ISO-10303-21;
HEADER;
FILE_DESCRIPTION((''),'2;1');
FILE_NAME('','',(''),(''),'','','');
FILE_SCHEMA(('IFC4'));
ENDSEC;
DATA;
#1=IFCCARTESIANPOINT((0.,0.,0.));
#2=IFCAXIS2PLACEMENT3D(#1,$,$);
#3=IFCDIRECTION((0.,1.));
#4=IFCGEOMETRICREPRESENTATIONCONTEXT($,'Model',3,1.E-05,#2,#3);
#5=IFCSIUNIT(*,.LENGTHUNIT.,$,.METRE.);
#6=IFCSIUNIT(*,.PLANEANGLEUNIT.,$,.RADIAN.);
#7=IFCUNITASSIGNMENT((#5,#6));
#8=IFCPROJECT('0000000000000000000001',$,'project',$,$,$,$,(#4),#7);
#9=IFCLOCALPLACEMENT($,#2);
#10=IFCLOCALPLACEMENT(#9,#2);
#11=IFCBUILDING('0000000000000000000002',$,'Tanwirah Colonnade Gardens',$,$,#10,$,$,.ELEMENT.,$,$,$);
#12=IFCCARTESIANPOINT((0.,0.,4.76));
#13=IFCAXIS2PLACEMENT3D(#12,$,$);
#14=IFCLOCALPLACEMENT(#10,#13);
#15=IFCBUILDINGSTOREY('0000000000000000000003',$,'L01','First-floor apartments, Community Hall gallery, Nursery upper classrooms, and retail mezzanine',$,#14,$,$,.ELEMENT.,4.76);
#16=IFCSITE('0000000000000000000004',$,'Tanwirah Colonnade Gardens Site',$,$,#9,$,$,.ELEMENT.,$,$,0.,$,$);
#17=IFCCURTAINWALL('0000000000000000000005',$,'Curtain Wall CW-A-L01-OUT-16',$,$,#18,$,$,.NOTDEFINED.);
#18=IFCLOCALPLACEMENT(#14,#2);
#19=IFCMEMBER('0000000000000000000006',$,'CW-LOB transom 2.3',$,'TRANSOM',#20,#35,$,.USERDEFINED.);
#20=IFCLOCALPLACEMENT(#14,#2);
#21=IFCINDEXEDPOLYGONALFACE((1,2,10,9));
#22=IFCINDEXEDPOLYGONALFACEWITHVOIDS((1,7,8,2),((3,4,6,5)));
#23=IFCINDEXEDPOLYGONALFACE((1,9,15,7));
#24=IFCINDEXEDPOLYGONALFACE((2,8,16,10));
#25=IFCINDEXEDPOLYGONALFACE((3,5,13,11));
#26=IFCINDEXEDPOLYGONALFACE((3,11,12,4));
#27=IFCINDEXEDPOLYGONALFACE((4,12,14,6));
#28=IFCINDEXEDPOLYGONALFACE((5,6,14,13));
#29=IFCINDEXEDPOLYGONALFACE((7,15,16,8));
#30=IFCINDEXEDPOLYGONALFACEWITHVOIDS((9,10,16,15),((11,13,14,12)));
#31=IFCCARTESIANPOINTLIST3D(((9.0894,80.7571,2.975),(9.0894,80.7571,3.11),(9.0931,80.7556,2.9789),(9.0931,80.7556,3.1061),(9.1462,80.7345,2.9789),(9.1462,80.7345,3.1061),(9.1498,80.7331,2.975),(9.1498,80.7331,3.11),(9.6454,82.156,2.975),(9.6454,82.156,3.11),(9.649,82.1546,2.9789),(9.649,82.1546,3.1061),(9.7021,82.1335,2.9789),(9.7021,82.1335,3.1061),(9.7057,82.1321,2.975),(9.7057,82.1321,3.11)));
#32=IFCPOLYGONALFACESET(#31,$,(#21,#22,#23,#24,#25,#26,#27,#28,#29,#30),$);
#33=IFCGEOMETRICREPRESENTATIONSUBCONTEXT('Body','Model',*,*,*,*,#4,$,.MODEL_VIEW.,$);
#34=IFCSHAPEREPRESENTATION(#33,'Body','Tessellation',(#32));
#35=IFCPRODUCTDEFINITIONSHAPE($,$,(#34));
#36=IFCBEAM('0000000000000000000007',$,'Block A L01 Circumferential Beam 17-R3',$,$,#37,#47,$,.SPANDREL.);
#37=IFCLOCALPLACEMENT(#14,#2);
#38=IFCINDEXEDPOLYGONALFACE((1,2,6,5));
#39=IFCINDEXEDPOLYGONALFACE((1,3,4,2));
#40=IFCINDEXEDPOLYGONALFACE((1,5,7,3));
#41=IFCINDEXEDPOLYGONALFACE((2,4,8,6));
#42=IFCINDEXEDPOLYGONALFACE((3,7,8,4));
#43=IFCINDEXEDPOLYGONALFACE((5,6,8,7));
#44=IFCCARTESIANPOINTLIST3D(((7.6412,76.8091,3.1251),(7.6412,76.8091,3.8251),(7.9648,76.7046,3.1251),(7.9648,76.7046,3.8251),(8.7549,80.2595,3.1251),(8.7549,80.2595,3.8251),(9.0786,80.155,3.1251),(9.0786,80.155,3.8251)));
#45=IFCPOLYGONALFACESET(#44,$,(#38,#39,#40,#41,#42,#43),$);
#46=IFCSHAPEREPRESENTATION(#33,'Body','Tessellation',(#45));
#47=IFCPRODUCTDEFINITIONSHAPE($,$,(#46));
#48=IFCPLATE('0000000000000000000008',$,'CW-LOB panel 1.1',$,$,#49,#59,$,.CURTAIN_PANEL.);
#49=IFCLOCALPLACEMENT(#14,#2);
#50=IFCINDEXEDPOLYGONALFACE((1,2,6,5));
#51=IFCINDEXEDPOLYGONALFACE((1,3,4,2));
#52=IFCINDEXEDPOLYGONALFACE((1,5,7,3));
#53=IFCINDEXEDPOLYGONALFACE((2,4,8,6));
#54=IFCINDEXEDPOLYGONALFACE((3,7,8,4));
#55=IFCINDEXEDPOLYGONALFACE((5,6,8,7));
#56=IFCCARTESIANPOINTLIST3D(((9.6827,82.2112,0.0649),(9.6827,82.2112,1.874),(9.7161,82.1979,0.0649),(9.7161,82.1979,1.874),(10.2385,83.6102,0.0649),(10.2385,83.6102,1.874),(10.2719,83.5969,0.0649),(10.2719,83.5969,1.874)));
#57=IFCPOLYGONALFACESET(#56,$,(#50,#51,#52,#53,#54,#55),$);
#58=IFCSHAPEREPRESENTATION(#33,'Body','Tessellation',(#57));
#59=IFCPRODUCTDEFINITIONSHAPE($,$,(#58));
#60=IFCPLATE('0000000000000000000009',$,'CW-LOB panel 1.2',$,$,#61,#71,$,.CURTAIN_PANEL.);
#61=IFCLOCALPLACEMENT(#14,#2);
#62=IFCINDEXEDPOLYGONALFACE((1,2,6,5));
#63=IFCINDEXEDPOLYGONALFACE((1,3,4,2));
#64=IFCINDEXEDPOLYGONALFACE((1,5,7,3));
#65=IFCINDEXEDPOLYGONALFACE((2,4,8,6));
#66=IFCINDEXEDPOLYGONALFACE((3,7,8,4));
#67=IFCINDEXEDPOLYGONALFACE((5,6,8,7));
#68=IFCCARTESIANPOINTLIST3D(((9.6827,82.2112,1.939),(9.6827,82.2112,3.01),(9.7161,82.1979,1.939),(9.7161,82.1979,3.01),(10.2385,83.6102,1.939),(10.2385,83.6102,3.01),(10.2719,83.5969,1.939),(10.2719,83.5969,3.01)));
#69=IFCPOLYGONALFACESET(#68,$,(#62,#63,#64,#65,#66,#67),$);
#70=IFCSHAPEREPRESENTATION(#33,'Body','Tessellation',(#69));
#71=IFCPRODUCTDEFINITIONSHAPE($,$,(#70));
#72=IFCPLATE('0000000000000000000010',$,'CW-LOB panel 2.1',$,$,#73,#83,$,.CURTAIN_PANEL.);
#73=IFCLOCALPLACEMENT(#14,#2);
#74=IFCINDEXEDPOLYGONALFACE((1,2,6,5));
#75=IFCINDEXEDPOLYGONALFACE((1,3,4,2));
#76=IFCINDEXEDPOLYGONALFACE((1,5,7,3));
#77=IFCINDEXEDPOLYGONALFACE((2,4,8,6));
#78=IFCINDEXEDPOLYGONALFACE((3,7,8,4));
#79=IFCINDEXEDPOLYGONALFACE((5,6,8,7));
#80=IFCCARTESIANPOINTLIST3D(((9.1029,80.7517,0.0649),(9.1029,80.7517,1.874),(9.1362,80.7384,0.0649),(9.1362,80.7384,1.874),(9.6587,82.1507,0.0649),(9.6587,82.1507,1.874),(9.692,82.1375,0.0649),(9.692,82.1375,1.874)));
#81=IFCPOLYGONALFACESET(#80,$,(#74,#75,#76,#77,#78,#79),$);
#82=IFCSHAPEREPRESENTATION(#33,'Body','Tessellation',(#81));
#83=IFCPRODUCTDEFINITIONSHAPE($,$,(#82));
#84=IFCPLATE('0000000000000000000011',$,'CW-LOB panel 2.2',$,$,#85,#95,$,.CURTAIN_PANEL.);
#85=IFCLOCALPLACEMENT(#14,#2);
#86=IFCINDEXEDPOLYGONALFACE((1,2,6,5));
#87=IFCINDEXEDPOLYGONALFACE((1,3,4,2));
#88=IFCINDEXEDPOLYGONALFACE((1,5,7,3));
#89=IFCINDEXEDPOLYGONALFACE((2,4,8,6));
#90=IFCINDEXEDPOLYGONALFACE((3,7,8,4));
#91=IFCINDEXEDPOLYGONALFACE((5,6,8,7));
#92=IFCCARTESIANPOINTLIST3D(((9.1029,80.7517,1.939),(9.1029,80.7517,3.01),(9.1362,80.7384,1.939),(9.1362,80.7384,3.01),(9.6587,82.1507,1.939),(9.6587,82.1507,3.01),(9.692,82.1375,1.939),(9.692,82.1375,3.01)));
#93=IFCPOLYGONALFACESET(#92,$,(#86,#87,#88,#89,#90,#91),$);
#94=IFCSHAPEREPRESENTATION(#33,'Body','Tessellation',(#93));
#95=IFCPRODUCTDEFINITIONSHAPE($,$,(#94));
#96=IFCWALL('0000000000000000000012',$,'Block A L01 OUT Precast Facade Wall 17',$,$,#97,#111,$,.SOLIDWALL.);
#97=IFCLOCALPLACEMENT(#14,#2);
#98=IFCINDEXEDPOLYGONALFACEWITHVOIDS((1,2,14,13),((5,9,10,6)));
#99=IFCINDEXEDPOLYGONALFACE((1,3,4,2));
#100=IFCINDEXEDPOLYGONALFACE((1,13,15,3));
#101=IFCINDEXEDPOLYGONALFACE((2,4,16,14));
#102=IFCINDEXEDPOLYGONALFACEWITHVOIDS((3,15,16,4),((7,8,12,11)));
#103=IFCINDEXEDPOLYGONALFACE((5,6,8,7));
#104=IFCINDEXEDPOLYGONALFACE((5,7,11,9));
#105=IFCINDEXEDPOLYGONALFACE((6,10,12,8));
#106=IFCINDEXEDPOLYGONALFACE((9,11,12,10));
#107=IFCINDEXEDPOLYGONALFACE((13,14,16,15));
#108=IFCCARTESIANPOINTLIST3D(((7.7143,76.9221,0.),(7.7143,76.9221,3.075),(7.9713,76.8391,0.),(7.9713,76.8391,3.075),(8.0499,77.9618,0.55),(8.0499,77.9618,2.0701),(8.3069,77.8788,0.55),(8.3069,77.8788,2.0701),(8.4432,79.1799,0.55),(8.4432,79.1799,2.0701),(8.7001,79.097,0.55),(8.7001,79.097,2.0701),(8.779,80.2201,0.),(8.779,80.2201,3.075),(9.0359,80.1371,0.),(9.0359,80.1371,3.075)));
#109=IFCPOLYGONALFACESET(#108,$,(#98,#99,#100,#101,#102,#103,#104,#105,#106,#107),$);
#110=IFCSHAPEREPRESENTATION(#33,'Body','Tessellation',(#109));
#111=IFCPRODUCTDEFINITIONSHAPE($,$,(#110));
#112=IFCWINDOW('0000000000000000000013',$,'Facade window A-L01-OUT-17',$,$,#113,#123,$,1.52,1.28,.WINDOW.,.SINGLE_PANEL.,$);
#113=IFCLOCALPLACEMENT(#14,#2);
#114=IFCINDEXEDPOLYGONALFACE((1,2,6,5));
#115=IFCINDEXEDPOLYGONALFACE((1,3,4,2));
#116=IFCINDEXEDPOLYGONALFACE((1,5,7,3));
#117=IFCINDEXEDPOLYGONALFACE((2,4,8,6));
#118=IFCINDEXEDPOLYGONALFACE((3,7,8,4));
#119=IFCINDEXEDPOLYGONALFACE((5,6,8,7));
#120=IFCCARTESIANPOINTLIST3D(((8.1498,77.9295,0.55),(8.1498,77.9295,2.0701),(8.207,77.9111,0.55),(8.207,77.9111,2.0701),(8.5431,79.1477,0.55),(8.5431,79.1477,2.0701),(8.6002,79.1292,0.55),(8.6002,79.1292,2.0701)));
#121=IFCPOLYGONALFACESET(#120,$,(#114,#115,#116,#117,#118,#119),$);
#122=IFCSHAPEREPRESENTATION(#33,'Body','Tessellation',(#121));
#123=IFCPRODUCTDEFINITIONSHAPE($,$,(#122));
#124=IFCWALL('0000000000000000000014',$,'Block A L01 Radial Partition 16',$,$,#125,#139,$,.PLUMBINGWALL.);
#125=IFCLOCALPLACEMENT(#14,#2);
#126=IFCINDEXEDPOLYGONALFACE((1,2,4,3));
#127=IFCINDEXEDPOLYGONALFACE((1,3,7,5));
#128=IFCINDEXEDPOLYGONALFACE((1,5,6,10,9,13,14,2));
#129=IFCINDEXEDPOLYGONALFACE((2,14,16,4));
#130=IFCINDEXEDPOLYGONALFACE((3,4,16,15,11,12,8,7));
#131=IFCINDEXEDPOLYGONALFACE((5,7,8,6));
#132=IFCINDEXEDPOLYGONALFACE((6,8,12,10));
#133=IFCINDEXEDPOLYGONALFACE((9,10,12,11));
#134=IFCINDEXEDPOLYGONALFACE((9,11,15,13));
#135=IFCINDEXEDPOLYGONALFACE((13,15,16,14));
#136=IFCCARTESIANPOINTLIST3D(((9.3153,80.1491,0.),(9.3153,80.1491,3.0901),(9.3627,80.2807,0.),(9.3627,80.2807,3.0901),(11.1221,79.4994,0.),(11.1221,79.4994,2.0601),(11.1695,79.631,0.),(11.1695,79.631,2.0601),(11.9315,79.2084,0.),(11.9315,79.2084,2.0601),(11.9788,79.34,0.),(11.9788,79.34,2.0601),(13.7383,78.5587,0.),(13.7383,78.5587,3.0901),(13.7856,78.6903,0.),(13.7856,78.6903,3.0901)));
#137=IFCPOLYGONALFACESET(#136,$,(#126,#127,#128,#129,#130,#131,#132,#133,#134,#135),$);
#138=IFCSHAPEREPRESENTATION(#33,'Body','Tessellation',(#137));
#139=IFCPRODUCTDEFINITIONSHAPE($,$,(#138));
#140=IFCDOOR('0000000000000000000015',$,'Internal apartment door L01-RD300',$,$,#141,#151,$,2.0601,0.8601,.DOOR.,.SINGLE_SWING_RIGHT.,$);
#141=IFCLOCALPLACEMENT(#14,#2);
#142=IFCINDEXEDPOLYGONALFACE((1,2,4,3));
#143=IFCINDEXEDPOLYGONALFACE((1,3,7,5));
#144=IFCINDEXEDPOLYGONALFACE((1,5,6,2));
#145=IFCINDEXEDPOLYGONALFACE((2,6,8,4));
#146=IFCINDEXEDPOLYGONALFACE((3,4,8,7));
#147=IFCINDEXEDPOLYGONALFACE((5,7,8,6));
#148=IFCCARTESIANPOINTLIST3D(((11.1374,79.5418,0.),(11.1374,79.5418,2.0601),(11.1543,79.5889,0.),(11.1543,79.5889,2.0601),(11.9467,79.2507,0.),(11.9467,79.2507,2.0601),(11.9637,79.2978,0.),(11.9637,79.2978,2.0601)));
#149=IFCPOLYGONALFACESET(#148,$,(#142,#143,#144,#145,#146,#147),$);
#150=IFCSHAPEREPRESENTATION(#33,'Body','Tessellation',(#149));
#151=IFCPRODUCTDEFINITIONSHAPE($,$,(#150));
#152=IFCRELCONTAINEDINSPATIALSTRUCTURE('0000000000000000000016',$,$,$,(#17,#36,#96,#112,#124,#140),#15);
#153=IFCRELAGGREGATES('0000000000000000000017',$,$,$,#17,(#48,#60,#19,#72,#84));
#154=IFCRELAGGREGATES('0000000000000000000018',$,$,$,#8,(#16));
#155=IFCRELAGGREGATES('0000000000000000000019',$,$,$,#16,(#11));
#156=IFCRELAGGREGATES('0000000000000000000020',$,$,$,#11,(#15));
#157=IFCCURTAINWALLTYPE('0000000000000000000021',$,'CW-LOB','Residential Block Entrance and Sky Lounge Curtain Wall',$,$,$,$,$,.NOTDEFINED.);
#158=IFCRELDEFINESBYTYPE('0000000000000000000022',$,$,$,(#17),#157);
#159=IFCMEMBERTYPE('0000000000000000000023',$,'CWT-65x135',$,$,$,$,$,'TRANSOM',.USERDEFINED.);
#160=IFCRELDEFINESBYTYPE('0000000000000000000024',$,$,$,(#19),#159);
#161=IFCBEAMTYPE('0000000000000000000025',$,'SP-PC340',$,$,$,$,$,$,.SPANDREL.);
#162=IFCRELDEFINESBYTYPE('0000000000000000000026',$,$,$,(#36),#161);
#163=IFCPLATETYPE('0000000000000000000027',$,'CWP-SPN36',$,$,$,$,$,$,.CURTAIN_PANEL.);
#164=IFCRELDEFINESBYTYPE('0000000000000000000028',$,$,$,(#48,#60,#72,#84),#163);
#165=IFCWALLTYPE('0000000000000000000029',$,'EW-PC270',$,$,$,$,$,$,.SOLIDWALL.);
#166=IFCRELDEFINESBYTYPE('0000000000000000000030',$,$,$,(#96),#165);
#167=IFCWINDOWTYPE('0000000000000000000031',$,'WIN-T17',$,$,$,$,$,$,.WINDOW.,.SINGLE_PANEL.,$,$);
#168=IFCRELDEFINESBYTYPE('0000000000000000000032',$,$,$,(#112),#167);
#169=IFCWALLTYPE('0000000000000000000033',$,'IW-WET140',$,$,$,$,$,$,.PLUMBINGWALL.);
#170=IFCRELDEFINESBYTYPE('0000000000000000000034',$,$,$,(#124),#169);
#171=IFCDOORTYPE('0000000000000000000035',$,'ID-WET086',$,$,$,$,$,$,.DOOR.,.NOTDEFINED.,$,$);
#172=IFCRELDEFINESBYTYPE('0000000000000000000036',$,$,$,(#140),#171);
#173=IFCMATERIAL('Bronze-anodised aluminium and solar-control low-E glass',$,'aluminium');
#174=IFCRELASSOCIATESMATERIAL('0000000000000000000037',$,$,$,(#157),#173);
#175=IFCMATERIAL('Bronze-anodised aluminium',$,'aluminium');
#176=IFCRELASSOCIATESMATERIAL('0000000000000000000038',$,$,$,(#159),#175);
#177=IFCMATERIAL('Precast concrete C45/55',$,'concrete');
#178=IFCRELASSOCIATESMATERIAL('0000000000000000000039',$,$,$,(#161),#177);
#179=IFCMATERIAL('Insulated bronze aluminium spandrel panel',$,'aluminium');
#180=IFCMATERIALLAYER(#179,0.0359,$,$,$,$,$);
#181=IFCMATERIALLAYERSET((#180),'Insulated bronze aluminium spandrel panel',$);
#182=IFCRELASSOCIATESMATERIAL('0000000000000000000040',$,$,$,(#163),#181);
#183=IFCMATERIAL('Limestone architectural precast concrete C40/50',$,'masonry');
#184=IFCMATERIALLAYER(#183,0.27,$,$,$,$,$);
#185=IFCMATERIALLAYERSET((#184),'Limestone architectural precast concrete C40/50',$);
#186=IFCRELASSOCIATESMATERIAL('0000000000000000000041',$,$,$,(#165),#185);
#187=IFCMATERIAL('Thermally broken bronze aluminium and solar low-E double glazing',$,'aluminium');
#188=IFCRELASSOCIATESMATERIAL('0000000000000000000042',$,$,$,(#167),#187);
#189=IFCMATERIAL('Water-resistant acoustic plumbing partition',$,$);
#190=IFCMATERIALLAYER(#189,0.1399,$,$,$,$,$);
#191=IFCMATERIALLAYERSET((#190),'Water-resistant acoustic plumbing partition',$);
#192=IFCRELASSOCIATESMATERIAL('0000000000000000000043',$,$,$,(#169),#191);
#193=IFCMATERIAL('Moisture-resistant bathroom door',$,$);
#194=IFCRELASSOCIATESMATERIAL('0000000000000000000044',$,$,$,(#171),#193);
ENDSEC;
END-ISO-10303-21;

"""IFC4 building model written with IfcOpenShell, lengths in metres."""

from ifc_helpers import new_model, si_unit, direction, frame, frame_2d, origin, origin_2d, place, context, subcontext, project, spatial, rectangle, hollow_rectangle, extrude, material, layer, layer_set, material_profile, profile_set, type_object, element, fill, aggregate, save


model = new_model("IFC4")

# Units and contexts
model_context = context("Model", 3, precision=1e-05, world=origin(), true_north=direction((0.0, 1.0)))
body_context = subcontext(model_context, "Body", "Model", "MODEL_VIEW")
ifc_project = project(units=[si_unit("LENGTHUNIT", "METRE"), si_unit("PLANEANGLEUNIT", "RADIAN")], contexts=[model_context])

# Site, building, storey
site_placement = place(None, origin())
site = spatial("IfcSite", under=ifc_project, at=site_placement, Name="Tanwirah Colonnade Gardens Site", CompositionType="ELEMENT", RefElevation=0.0)
building_placement = place(site_placement, origin())
building = spatial("IfcBuilding", under=site, at=building_placement, Name="Tanwirah Colonnade Gardens", CompositionType="ELEMENT")
storey_placement = place(building_placement, frame((0.0, 0.0, 4.76)))
storey = spatial("IfcBuildingStorey", under=building, at=storey_placement, Name="L01", Description="First-floor apartments, Community Hall gallery, Nursery upper classrooms, and retail mezzanine", CompositionType="ELEMENT", Elevation=4.76)

# Shared definitions
ifc_material_1 = material(Name="Precast concrete C45/55", Category="concrete")

# Curtain wall, member
ifc_material_2 = material(Name="Bronze-anodised aluminium and solar-control low-E glass", Category="aluminium")
curtain_wall_type = type_object("IfcCurtainWallType", Name="CW-LOB", Description="Residential Block Entrance and Sky Lounge Curtain Wall", PredefinedType="NOTDEFINED", material=ifc_material_2)
curtain_wall_placement = place(storey_placement, origin())
curtain_wall = element("IfcCurtainWall", 1, at=curtain_wall_placement, inside=storey, type_object=curtain_wall_type, Name="Curtain Wall CW-A-L01-OUT-16", PredefinedType="NOTDEFINED")
ifc_material_3 = material(Name="Bronze-anodised aluminium", Category="aluminium")
ifc_material_profile_1 = material_profile(ifc_material_3, hollow_rectangle(XDim=0.0649, YDim=0.135, WallThickness=0.0039, at=origin_2d()), Name="CW-TRN 65x135x4")
ifc_profile_set_1 = profile_set([ifc_material_profile_1], Name="Bronze-anodised aluminium")
member_type_1 = type_object("IfcMemberType", Name="CWT-65x135", ElementType="TRANSOM", PredefinedType="USERDEFINED", material=ifc_profile_set_1)
member_1_placement = place(storey_placement, frame((9.6755, 82.144, 3.0425), z_axis=(-0.369293, -0.929313, 0.0), x_axis=(0.929313, -0.369293, 0.0)))
member_1 = element("IfcMember", 2, at=member_1_placement, type_object=member_type_1, Name="CW-LOB transom 2.3", ObjectType="TRANSOM", PredefinedType="USERDEFINED", context=body_context, shape_type="SweptSolid", body=[
    extrude(hollow_rectangle(XDim=0.0649, YDim=0.135, WallThickness=0.0039, at=origin_2d()), origin(), (0.0, 0.0, 1.0), 1.5054),
])

# Beam
ifc_material_profile_2 = material_profile(ifc_material_1, rectangle(XDim=0.3401, YDim=0.7, at=origin_2d()), Name="PC-SP 340x700")
ifc_profile_set_2 = profile_set([ifc_material_profile_2], Name="Precast concrete C45/55")
beam_type_1 = type_object("IfcBeamType", Name="SP-PC340", PredefinedType="SPANDREL", material=ifc_profile_set_2)
beam_1_placement = place(storey_placement, frame((8.9167, 80.2073, 3.4751), z_axis=(-0.307184, -0.95165, 0.0), x_axis=(0.95165, -0.307184, 0.0)))
element("IfcBeam", 3, at=beam_1_placement, inside=storey, type_object=beam_type_1, Name="Block A L01 Circumferential Beam 17-R3", PredefinedType="SPANDREL", context=body_context, shape_type="SweptSolid", body=[
    extrude(rectangle(XDim=0.3401, YDim=0.7, at=origin_2d()), origin(), (0.0, 0.0, 1.0), 3.6257),
])

# Plates
ifc_material_4 = material(Name="Insulated bronze aluminium spandrel panel", Category="aluminium")
ifc_layer_1 = layer(ifc_material_4, 0.0359)
ifc_layer_set_1 = layer_set([ifc_layer_1], Name="Insulated bronze aluminium spandrel panel")
plate_type = type_object("IfcPlateType", Name="CWP-SPN36", PredefinedType="CURTAIN_PANEL", material=ifc_layer_set_1)
plate_1_placement = place(storey_placement, frame((9.9773, 82.9041, 0.0649), z_axis=(0.0, 0.0, 1.0), x_axis=(-0.369208, -0.929347, 0.0)))
plate_1 = element("IfcPlate", 4, at=plate_1_placement, type_object=plate_type, Name="CW-LOB panel 1.1", PredefinedType="CURTAIN_PANEL", context=body_context, shape_type="SweptSolid", body=[
    extrude(rectangle(XDim=1.5054, YDim=0.0359, at=origin_2d()), origin(), (0.0, 0.0, 1.0), 1.8091),
])
plate_2_placement = place(storey_placement, frame((9.9773, 82.9041, 1.939), z_axis=(0.0, 0.0, 1.0), x_axis=(-0.369208, -0.929347, 0.0)))
plate_2 = element("IfcPlate", 5, at=plate_2_placement, type_object=plate_type, Name="CW-LOB panel 1.2", PredefinedType="CURTAIN_PANEL", context=body_context, shape_type="SweptSolid", body=[
    extrude(rectangle(XDim=1.5054, YDim=0.0359, at=origin_2d()), origin(), (0.0, 0.0, 1.0), 1.071),
])
plate_3_placement = place(storey_placement, frame((9.3975, 81.4446, 0.0649), z_axis=(0.0, 0.0, 1.0), x_axis=(-0.369208, -0.929347, 0.0)))
plate_3 = element("IfcPlate", 6, at=plate_3_placement, type_object=plate_type, Name="CW-LOB panel 2.1", PredefinedType="CURTAIN_PANEL", context=body_context, shape_type="SweptSolid", body=[
    extrude(rectangle(XDim=1.5054, YDim=0.0359, at=origin_2d()), origin(), (0.0, 0.0, 1.0), 1.8091),
])
plate_4_placement = place(storey_placement, frame((9.3975, 81.4446, 1.939), z_axis=(0.0, 0.0, 1.0), x_axis=(-0.369208, -0.929347, 0.0)))
plate_4 = element("IfcPlate", 7, at=plate_4_placement, type_object=plate_type, Name="CW-LOB panel 2.2", PredefinedType="CURTAIN_PANEL", context=body_context, shape_type="SweptSolid", body=[
    extrude(rectangle(XDim=1.5054, YDim=0.0359, at=origin_2d()), origin(), (0.0, 0.0, 1.0), 1.071),
])
aggregate(curtain_wall, [plate_1, plate_2, member_1, plate_3, plate_4])

# Wall, opening, window
ifc_material_5 = material(Name="Limestone architectural precast concrete C40/50", Category="masonry")
ifc_layer_2 = layer(ifc_material_5, 0.27)
ifc_layer_set_2 = layer_set([ifc_layer_2], Name="Limestone architectural precast concrete C40/50")
wall_type_1 = type_object("IfcWallType", Name="EW-PC270", PredefinedType="SOLIDWALL", material=ifc_layer_set_2)
wall_1_placement = place(storey_placement, frame((8.9075, 80.1787, 0.0), z_axis=(0.0, 0.0, 1.0), x_axis=(-0.307211, -0.951642, 0.0)))
wall_1 = element("IfcWall", 8, at=wall_1_placement, inside=storey, type_object=wall_type_1, Name="Block A L01 OUT Precast Facade Wall 17", PredefinedType="SOLIDWALL", context=body_context, shape_type="SweptSolid", body=[
    extrude(rectangle(XDim=3.4656, YDim=0.27, at=frame_2d((1.7329, 0.0))), origin(), (0.0, 0.0, 1.0), 3.075),
])
opening_1_placement = place(wall_1_placement, frame((1.093, 0.0, 0.55)))
opening_1 = element("IfcOpeningElement", 9, at=opening_1_placement, cuts=wall_1, PredefinedType="OPENING", context=body_context, shape_type="SweptSolid", body=[
    extrude(rectangle(XDim=1.28, YDim=1.52, at=frame_2d((0.6401, 0.76))), frame((0.0, 0.145, 0.0), z_axis=(0.0, -1.0, 0.0), x_axis=(1.0, 0.0, 0.0)), (0.0, 0.0, 1.0), 0.29),
])
ifc_material_6 = material(Name="Thermally broken bronze aluminium and solar low-E double glazing", Category="aluminium")
window_type = type_object("IfcWindowType", Name="WIN-T17", PartitioningType="SINGLE_PANEL", PredefinedType="WINDOW", material=ifc_material_6)
window_placement = place(opening_1_placement, origin())
window = element("IfcWindow", 10, at=window_placement, inside=storey, type_object=window_type, Name="Facade window A-L01-OUT-17", OverallHeight=1.52, OverallWidth=1.28, PartitioningType="SINGLE_PANEL", PredefinedType="WINDOW", context=body_context, shape_type="SweptSolid", body=[
    extrude(rectangle(XDim=1.28, YDim=1.52, at=frame_2d((0.6401, 0.76))), frame((0.0, 0.03, 0.0), z_axis=(0.0, -1.0, 0.0), x_axis=(1.0, 0.0, 0.0)), (0.0, 0.0, 1.0), 0.0601),
])
fill(opening_1, window)

# Wall, opening, door
ifc_material_7 = material(Name="Water-resistant acoustic plumbing partition")
ifc_layer_3 = layer(ifc_material_7, 0.1399)
ifc_layer_set_3 = layer_set([ifc_layer_3], Name="Water-resistant acoustic plumbing partition")
wall_type_2 = type_object("IfcWallType", Name="IW-WET140", PredefinedType="PLUMBINGWALL", material=ifc_layer_set_3)
wall_2_placement = place(storey_placement, frame((13.762, 78.6245, 0.0), z_axis=(0.0, 0.0, 1.0), x_axis=(-0.941016, 0.338363, 0.0)))
wall_2 = element("IfcWall", 11, at=wall_2_placement, inside=storey, type_object=wall_type_2, Name="Block A L01 Radial Partition 16", PredefinedType="PLUMBINGWALL", context=body_context, shape_type="SweptSolid", body=[
    extrude(rectangle(XDim=4.7002, YDim=0.1399, at=frame_2d((2.3501, 0.0))), origin(), (0.0, 0.0, 1.0), 3.0901),
])
opening_2_placement = place(wall_2_placement, frame((1.9199, 0.0, 0.0)))
opening_2 = element("IfcOpeningElement", 12, at=opening_2_placement, cuts=wall_2, PredefinedType="OPENING", context=body_context, shape_type="SweptSolid", body=[
    extrude(rectangle(XDim=0.8601, YDim=2.0601, at=frame_2d((0.4302, 1.03))), frame((0.0, 0.0798, 0.0), z_axis=(0.0, -1.0, 0.0), x_axis=(1.0, 0.0, 0.0)), (0.0, 0.0, 1.0), 0.1599),
])
ifc_material_8 = material(Name="Moisture-resistant bathroom door")
door_type = type_object("IfcDoorType", Name="ID-WET086", OperationType="NOTDEFINED", PredefinedType="DOOR", material=ifc_material_8)
door_placement = place(opening_2_placement, origin())
door = element("IfcDoor", 13, at=door_placement, inside=storey, type_object=door_type, Name="Internal apartment door L01-RD300", OperationType="SINGLE_SWING_RIGHT", OverallHeight=2.0601, OverallWidth=0.8601, PredefinedType="DOOR", context=body_context, shape_type="SweptSolid", body=[
    extrude(rectangle(XDim=0.8601, YDim=2.0601, at=frame_2d((0.4302, 1.03))), frame((0.0, 0.0249, 0.0), z_axis=(0.0, -1.0, 0.0), x_axis=(1.0, 0.0, 0.0)), (0.0, 0.0, 1.0), 0.05),
])
fill(opening_2, door)

save(model, "model.ifc")
